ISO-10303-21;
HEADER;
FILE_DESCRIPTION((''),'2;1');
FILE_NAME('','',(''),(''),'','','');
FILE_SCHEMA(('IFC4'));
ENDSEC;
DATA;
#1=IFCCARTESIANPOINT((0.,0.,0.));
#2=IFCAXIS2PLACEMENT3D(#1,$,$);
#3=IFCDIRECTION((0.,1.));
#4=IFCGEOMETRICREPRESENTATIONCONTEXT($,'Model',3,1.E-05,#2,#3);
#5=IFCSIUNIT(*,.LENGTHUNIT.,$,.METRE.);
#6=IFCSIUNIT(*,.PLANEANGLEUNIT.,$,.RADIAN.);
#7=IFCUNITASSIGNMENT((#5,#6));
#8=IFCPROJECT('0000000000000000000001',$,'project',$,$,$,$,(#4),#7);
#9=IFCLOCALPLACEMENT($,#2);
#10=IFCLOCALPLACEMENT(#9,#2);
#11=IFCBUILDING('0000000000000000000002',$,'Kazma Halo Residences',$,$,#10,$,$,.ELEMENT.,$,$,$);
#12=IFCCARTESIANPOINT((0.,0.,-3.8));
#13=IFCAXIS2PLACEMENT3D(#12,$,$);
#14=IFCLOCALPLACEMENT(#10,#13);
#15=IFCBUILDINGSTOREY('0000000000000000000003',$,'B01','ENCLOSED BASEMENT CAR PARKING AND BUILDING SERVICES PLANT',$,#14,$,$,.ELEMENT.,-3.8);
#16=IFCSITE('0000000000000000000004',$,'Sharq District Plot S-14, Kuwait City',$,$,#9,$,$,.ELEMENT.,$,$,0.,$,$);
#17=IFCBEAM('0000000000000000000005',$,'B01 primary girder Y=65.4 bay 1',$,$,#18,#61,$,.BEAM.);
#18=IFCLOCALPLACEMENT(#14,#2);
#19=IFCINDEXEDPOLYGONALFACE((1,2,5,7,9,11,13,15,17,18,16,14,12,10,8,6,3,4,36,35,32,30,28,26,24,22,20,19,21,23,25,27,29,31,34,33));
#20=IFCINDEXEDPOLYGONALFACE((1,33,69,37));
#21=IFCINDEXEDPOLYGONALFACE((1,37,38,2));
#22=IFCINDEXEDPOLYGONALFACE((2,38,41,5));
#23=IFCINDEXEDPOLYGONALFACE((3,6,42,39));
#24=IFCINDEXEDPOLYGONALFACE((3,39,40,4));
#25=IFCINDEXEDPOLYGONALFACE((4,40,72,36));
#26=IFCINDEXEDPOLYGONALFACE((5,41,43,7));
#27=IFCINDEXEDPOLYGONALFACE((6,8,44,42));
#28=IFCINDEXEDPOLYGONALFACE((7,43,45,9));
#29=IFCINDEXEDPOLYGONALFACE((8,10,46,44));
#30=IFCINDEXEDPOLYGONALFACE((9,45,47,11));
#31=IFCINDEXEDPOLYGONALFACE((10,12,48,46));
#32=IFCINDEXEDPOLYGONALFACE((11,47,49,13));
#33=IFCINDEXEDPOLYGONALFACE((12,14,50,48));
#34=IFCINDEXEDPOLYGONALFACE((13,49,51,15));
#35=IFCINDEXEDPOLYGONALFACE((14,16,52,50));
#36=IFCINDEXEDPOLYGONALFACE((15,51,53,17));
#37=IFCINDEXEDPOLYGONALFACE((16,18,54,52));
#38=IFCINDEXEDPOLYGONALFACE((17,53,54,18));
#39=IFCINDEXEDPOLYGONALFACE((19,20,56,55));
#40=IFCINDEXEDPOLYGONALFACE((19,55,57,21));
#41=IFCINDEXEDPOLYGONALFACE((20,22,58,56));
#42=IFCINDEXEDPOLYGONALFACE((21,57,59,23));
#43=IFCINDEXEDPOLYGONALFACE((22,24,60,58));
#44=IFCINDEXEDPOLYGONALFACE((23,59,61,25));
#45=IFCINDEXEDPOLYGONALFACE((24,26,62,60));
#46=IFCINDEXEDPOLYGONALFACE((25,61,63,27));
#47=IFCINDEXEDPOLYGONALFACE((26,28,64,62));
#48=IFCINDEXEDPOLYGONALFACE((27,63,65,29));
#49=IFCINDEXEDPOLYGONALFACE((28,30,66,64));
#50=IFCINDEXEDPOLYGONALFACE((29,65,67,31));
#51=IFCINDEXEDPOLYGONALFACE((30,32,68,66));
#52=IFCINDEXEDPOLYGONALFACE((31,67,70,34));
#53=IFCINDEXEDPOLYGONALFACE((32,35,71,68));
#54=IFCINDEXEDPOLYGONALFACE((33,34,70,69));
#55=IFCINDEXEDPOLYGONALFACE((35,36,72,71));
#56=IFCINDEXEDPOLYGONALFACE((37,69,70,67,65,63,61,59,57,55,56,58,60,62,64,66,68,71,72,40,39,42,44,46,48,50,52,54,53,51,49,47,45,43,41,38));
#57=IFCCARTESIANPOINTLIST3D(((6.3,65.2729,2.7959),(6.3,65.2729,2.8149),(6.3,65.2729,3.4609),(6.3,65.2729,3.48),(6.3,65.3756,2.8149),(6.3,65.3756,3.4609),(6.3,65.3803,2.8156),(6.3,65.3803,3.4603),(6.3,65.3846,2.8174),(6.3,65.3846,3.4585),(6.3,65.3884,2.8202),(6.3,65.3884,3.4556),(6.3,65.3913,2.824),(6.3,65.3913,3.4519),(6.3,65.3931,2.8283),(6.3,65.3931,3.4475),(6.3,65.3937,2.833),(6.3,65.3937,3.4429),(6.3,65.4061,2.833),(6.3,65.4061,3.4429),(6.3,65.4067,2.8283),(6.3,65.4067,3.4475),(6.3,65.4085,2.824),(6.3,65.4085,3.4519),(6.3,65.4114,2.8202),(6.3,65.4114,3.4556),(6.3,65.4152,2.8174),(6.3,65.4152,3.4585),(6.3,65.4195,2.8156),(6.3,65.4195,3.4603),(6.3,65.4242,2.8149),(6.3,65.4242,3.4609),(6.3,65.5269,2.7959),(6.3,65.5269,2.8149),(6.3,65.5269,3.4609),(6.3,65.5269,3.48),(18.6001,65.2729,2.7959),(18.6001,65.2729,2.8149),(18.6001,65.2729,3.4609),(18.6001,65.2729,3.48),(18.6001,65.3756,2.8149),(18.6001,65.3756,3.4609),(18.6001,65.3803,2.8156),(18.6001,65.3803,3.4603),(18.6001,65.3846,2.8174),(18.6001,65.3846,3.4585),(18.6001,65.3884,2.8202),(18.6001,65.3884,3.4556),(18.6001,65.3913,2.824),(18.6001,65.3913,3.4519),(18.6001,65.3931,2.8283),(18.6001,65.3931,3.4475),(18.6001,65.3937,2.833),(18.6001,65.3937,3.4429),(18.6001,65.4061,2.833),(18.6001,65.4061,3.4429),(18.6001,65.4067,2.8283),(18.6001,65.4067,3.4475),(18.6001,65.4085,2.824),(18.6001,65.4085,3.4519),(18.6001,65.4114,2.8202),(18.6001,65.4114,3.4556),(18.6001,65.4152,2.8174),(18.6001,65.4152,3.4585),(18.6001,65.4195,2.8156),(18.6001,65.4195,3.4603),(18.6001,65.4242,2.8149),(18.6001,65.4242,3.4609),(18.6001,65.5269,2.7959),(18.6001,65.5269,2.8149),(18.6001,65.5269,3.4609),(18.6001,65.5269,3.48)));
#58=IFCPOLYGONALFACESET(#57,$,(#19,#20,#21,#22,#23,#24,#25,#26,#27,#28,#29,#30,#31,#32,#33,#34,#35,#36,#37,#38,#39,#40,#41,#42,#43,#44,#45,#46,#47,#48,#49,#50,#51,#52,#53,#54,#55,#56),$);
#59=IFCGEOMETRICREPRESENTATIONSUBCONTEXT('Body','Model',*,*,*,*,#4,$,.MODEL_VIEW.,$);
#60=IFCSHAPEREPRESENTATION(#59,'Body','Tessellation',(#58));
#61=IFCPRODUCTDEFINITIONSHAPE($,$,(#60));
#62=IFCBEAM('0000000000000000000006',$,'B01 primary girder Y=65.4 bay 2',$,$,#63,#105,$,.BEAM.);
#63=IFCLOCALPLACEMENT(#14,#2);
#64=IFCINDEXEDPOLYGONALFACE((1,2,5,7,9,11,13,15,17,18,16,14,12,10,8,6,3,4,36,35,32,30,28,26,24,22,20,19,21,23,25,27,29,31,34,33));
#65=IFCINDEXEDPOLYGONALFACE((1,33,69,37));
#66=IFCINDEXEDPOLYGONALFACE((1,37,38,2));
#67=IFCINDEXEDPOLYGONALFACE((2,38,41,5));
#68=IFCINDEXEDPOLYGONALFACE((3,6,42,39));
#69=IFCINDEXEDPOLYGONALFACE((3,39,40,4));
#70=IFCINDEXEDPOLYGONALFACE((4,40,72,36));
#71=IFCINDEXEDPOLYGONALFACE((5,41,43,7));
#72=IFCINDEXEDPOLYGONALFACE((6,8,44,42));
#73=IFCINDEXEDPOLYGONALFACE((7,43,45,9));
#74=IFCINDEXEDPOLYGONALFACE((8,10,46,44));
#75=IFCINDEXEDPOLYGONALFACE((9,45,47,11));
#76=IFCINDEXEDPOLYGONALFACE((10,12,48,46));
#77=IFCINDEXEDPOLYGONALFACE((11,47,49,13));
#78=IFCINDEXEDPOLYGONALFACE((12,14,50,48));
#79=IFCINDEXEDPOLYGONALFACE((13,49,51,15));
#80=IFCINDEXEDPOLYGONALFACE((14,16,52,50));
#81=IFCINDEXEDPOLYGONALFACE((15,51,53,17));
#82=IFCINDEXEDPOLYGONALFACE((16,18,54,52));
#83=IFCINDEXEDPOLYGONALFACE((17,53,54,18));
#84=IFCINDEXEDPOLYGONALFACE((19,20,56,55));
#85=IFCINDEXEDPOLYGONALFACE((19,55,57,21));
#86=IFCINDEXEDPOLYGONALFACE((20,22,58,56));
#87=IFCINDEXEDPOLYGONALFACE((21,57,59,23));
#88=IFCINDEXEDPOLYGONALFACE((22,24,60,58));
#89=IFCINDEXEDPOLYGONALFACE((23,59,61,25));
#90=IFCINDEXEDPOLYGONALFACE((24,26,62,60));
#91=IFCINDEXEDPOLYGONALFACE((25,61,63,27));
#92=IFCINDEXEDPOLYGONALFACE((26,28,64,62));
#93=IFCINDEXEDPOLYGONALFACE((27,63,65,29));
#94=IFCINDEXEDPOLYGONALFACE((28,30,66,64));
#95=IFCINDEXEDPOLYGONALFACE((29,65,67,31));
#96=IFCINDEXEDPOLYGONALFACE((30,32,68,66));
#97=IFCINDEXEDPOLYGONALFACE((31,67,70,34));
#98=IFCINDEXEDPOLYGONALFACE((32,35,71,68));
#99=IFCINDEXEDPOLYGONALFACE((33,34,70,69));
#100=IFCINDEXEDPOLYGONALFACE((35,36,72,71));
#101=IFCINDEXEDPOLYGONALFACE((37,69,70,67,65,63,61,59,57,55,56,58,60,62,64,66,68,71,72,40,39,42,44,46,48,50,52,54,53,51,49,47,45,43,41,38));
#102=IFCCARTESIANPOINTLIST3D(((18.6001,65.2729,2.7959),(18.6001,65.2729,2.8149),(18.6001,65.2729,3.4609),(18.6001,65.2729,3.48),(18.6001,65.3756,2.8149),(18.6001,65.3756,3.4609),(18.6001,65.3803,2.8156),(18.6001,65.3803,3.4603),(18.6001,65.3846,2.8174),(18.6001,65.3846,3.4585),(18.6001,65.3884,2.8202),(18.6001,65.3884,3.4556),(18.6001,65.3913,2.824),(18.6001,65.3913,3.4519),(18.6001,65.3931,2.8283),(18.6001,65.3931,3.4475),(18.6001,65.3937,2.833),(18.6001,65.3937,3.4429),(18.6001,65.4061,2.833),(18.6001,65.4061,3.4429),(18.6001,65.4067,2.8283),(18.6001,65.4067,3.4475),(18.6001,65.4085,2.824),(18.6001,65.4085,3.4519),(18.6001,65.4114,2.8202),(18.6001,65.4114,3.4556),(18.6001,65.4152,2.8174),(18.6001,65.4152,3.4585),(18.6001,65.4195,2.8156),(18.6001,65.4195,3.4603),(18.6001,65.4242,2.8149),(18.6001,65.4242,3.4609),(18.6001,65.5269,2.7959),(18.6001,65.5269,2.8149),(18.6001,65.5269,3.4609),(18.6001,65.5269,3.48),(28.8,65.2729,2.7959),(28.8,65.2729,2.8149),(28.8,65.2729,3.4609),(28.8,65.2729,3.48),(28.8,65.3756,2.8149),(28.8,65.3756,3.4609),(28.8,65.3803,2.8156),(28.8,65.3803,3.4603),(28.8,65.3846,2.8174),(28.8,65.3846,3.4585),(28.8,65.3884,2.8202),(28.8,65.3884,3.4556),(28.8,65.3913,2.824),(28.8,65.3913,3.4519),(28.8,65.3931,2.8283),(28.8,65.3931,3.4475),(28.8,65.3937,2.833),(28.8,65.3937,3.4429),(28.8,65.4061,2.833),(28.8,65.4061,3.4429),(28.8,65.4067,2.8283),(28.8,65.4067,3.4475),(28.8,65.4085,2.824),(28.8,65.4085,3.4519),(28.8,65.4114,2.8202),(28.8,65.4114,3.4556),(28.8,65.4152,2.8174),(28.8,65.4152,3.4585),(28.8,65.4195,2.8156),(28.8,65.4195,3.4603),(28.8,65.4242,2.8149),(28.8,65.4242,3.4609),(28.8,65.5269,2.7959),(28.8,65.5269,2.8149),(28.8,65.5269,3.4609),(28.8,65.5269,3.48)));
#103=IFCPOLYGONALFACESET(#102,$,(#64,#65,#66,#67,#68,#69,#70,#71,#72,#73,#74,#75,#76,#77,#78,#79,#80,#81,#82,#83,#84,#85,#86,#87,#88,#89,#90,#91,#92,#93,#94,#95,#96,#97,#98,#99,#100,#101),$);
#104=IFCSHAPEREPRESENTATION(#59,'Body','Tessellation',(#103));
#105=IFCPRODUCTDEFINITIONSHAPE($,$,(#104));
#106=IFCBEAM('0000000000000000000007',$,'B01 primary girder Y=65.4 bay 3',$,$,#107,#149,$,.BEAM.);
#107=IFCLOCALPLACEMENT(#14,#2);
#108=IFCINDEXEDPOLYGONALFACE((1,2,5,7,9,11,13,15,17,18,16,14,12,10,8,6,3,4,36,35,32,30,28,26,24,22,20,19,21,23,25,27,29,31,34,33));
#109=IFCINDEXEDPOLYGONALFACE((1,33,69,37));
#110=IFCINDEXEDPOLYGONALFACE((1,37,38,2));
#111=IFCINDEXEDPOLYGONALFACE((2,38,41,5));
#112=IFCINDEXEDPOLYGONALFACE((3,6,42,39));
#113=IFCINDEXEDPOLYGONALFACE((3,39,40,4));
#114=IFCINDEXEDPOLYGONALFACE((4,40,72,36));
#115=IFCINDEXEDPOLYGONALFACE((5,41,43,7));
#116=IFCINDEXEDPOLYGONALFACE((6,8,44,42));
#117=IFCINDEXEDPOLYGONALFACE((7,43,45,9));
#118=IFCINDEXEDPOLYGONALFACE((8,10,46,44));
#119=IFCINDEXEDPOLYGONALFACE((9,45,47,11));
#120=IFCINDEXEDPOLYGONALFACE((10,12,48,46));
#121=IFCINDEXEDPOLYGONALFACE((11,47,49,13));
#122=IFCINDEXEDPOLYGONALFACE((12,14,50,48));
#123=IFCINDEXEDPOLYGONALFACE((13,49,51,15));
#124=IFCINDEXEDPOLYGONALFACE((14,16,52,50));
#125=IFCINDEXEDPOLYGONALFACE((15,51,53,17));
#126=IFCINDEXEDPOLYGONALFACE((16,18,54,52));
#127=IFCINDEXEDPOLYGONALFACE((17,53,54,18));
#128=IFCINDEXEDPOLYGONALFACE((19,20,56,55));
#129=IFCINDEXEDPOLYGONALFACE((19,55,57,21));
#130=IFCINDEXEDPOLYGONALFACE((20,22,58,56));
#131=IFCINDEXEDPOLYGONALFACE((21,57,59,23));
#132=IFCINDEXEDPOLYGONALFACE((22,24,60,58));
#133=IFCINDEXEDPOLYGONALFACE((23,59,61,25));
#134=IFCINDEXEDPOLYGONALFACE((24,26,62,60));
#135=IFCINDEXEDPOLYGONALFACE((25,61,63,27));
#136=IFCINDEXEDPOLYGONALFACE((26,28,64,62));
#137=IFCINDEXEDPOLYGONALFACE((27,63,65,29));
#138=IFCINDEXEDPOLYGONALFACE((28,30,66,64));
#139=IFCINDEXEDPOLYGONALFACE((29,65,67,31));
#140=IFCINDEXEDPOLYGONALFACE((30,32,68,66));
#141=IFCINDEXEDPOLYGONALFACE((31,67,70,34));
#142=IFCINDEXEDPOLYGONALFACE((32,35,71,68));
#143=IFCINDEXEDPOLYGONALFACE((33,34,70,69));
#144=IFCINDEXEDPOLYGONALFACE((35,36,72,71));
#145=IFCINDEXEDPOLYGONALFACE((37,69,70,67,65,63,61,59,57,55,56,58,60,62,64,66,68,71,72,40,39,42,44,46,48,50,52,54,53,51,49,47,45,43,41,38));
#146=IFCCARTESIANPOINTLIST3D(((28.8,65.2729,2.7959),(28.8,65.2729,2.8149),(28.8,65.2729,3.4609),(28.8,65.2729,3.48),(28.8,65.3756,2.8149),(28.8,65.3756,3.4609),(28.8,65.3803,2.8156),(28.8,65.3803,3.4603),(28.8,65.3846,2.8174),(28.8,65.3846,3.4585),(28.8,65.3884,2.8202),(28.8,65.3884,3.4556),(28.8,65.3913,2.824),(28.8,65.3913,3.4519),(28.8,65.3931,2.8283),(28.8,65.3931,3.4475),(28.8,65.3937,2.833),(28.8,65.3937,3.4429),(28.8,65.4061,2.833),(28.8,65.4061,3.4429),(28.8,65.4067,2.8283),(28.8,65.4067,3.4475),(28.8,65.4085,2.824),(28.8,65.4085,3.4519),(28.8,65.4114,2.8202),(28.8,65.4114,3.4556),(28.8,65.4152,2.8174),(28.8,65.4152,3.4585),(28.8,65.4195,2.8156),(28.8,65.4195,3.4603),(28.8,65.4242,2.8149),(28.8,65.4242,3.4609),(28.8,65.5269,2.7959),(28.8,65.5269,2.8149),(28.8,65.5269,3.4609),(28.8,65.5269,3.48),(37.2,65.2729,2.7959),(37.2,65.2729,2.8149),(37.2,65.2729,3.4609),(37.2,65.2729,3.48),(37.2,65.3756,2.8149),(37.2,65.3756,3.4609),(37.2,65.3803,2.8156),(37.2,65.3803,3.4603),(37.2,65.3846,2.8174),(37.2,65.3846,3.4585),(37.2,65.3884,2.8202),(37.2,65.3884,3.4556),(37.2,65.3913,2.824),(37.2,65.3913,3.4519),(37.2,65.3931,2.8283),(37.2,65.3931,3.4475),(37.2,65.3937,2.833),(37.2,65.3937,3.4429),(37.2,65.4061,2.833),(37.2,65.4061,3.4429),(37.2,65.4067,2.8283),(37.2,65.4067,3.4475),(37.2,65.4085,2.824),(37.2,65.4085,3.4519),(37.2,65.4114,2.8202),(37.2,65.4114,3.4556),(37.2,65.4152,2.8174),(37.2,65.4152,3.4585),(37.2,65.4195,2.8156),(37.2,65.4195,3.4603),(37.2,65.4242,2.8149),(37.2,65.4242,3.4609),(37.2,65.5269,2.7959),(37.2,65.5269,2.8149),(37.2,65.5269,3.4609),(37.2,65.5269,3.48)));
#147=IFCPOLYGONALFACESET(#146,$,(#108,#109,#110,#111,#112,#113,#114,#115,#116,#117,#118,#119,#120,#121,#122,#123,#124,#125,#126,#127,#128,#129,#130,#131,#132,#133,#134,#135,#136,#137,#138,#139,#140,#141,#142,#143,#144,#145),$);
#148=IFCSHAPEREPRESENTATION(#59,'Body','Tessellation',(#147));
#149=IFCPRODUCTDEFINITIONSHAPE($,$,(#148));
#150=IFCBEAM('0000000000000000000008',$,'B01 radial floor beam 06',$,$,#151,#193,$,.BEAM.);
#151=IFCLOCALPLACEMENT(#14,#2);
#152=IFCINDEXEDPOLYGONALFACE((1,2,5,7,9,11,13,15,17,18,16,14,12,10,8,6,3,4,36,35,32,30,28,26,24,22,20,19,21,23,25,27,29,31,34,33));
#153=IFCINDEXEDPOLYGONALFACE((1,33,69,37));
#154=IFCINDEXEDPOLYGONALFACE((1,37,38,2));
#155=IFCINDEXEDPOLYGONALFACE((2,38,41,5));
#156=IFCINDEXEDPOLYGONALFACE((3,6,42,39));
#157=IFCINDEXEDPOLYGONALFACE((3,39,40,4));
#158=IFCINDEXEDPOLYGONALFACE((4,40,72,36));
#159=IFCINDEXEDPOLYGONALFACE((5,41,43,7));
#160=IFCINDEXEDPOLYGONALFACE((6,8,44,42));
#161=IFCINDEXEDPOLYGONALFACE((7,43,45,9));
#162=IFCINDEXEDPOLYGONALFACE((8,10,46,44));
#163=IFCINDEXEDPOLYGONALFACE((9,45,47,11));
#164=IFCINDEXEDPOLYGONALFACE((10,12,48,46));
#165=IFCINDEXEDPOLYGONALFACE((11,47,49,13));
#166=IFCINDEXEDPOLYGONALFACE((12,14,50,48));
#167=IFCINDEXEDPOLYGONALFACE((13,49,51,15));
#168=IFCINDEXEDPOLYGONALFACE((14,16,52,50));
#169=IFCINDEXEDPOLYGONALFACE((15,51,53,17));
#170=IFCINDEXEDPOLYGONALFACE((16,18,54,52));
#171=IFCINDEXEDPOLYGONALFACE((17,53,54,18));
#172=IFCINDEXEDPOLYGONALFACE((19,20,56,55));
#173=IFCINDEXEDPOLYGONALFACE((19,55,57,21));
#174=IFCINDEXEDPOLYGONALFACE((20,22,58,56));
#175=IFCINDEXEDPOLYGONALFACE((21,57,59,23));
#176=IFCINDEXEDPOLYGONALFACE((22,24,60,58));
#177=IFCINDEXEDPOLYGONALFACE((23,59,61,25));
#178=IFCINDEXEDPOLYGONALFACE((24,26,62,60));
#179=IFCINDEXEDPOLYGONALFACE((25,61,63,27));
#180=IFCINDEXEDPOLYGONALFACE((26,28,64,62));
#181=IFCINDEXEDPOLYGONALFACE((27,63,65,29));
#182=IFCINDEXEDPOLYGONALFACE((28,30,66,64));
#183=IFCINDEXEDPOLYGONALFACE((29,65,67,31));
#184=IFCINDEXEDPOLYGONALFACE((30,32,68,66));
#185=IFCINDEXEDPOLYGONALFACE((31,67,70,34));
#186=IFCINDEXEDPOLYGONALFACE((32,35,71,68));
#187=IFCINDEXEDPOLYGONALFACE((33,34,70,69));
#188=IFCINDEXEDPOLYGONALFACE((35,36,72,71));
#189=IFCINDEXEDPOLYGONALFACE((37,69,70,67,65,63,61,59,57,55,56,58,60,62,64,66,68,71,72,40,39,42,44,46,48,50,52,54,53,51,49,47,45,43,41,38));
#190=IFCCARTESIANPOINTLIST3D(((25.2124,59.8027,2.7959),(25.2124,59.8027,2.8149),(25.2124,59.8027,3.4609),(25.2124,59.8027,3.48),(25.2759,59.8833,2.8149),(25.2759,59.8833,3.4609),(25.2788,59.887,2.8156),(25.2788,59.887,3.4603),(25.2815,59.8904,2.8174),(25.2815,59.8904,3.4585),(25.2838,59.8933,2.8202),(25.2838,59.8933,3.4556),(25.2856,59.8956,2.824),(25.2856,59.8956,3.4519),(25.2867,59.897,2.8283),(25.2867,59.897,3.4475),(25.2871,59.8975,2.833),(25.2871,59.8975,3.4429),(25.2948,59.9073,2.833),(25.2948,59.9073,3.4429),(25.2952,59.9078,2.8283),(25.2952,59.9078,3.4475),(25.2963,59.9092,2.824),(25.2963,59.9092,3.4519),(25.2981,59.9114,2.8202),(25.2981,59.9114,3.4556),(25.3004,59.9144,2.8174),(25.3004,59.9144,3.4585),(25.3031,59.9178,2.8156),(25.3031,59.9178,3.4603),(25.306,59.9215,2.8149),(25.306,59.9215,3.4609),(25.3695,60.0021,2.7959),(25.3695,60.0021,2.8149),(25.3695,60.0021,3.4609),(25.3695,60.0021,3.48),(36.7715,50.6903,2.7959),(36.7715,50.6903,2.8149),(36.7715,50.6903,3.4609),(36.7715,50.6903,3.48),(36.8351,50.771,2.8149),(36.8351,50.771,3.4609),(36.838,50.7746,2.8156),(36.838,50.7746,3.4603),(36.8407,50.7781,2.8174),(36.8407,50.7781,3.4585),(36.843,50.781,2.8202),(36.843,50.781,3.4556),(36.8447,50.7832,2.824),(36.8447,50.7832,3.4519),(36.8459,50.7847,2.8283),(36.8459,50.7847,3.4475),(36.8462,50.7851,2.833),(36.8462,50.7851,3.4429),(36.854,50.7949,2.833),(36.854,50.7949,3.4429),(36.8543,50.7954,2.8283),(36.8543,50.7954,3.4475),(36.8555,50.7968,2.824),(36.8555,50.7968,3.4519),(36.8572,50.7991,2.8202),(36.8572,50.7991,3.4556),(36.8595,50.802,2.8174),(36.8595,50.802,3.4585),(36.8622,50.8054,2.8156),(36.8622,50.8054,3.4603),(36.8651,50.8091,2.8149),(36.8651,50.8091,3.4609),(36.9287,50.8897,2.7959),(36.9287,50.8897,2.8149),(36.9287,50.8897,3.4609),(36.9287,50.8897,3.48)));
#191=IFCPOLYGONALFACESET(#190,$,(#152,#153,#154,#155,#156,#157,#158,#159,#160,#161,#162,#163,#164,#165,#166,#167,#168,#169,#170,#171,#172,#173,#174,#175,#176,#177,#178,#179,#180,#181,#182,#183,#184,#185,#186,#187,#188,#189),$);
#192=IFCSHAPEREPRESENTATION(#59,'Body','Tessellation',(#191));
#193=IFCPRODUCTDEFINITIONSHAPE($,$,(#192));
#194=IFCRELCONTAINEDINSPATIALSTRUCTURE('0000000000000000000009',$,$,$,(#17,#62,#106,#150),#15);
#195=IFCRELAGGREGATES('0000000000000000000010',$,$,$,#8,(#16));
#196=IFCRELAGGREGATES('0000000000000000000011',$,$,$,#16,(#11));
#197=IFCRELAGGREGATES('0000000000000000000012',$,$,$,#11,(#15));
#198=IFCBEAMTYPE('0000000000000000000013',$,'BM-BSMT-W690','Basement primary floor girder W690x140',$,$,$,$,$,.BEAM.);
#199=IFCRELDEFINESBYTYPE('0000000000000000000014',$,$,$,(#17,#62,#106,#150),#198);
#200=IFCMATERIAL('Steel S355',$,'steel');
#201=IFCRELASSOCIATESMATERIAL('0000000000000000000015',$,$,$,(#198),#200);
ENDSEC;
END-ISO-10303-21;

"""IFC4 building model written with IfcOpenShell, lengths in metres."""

from ifc_helpers import new_model, si_unit, direction, frame, origin, origin_2d, place, context, subcontext, project, spatial, i_section, extrude, material, material_profile, profile_set, type_object, element, save


model = new_model("IFC4")

# Units and contexts
model_context = context("Model", 3, precision=1e-05, world=origin(), true_north=direction((0.0, 1.0)))
body_context = subcontext(model_context, "Body", "Model", "MODEL_VIEW")
ifc_project = project(units=[si_unit("LENGTHUNIT", "METRE"), si_unit("PLANEANGLEUNIT", "RADIAN")], contexts=[model_context])

# Site, building, storey
site_placement = place(None, origin())
site = spatial("IfcSite", under=ifc_project, at=site_placement, Name="Sharq District Plot S-14, Kuwait City", CompositionType="ELEMENT", RefElevation=0.0)
building_placement = place(site_placement, origin())
building = spatial("IfcBuilding", under=site, at=building_placement, Name="Kazma Halo Residences", CompositionType="ELEMENT")
storey_placement = place(building_placement, frame((0.0, 0.0, -3.8)))
storey = spatial("IfcBuildingStorey", under=building, at=storey_placement, Name="B01", Description="ENCLOSED BASEMENT CAR PARKING AND BUILDING SERVICES PLANT", CompositionType="ELEMENT", Elevation=-3.8)

# Beams
ifc_material_1 = material(Name="Steel S355", Category="steel")
ifc_material_profile_1 = material_profile(ifc_material_1, i_section(OverallWidth=0.2539, OverallDepth=0.6841, WebThickness=0.0125, FlangeThickness=0.019, FilletRadius=0.0181, at=origin_2d()), Name="W690x140")
ifc_profile_set_1 = profile_set([ifc_material_profile_1], Name="Steel S355")
beam_type_1 = type_object("IfcBeamType", Name="BM-BSMT-W690", Description="Basement primary floor girder W690x140", PredefinedType="BEAM", material=ifc_profile_set_1)
beam_1_placement = place(storey_placement, frame((6.3, 65.3999, 3.1379), z_axis=(1.0, 0.0, 0.0), x_axis=(0.0, 1.0, 0.0)))
element("IfcBeam", 1, at=beam_1_placement, inside=storey, type_object=beam_type_1, Name="B01 primary girder Y=65.4 bay 1", PredefinedType="BEAM", context=body_context, shape_type="SweptSolid", body=[
    extrude(i_section(OverallWidth=0.2539, OverallDepth=0.6841, WebThickness=0.0125, FlangeThickness=0.019, FilletRadius=0.0181, at=origin_2d()), origin(), (0.0, 0.0, 1.0), 12.3),
])
beam_2_placement = place(storey_placement, frame((18.6001, 65.3999, 3.1379), z_axis=(1.0, 0.0, 0.0), x_axis=(0.0, 1.0, 0.0)))
element("IfcBeam", 2, at=beam_2_placement, inside=storey, type_object=beam_type_1, Name="B01 primary girder Y=65.4 bay 2", PredefinedType="BEAM", context=body_context, shape_type="SweptSolid", body=[
    extrude(i_section(OverallWidth=0.2539, OverallDepth=0.6841, WebThickness=0.0125, FlangeThickness=0.019, FilletRadius=0.0181, at=origin_2d()), origin(), (0.0, 0.0, 1.0), 10.2),
])
beam_3_placement = place(storey_placement, frame((28.8, 65.3999, 3.1379), z_axis=(1.0, 0.0, 0.0), x_axis=(0.0, 1.0, 0.0)))
element("IfcBeam", 3, at=beam_3_placement, inside=storey, type_object=beam_type_1, Name="B01 primary girder Y=65.4 bay 3", PredefinedType="BEAM", context=body_context, shape_type="SweptSolid", body=[
    extrude(i_section(OverallWidth=0.2539, OverallDepth=0.6841, WebThickness=0.0125, FlangeThickness=0.019, FilletRadius=0.0181, at=origin_2d()), origin(), (0.0, 0.0, 1.0), 8.3999),
])
beam_4_placement = place(storey_placement, frame((36.8501, 50.79, 3.1379), z_axis=(-0.785322, 0.619088, 0.0), x_axis=(-0.619088, -0.785322, 0.0)))
element("IfcBeam", 4, at=beam_4_placement, inside=storey, type_object=beam_type_1, Name="B01 radial floor beam 06", PredefinedType="BEAM", context=body_context, shape_type="SweptSolid", body=[
    extrude(i_section(OverallWidth=0.2539, OverallDepth=0.6841, WebThickness=0.0125, FlangeThickness=0.019, FilletRadius=0.0181, at=origin_2d()), origin(), (0.0, 0.0, 1.0), 14.719),
])

save(model, "model.ifc")
